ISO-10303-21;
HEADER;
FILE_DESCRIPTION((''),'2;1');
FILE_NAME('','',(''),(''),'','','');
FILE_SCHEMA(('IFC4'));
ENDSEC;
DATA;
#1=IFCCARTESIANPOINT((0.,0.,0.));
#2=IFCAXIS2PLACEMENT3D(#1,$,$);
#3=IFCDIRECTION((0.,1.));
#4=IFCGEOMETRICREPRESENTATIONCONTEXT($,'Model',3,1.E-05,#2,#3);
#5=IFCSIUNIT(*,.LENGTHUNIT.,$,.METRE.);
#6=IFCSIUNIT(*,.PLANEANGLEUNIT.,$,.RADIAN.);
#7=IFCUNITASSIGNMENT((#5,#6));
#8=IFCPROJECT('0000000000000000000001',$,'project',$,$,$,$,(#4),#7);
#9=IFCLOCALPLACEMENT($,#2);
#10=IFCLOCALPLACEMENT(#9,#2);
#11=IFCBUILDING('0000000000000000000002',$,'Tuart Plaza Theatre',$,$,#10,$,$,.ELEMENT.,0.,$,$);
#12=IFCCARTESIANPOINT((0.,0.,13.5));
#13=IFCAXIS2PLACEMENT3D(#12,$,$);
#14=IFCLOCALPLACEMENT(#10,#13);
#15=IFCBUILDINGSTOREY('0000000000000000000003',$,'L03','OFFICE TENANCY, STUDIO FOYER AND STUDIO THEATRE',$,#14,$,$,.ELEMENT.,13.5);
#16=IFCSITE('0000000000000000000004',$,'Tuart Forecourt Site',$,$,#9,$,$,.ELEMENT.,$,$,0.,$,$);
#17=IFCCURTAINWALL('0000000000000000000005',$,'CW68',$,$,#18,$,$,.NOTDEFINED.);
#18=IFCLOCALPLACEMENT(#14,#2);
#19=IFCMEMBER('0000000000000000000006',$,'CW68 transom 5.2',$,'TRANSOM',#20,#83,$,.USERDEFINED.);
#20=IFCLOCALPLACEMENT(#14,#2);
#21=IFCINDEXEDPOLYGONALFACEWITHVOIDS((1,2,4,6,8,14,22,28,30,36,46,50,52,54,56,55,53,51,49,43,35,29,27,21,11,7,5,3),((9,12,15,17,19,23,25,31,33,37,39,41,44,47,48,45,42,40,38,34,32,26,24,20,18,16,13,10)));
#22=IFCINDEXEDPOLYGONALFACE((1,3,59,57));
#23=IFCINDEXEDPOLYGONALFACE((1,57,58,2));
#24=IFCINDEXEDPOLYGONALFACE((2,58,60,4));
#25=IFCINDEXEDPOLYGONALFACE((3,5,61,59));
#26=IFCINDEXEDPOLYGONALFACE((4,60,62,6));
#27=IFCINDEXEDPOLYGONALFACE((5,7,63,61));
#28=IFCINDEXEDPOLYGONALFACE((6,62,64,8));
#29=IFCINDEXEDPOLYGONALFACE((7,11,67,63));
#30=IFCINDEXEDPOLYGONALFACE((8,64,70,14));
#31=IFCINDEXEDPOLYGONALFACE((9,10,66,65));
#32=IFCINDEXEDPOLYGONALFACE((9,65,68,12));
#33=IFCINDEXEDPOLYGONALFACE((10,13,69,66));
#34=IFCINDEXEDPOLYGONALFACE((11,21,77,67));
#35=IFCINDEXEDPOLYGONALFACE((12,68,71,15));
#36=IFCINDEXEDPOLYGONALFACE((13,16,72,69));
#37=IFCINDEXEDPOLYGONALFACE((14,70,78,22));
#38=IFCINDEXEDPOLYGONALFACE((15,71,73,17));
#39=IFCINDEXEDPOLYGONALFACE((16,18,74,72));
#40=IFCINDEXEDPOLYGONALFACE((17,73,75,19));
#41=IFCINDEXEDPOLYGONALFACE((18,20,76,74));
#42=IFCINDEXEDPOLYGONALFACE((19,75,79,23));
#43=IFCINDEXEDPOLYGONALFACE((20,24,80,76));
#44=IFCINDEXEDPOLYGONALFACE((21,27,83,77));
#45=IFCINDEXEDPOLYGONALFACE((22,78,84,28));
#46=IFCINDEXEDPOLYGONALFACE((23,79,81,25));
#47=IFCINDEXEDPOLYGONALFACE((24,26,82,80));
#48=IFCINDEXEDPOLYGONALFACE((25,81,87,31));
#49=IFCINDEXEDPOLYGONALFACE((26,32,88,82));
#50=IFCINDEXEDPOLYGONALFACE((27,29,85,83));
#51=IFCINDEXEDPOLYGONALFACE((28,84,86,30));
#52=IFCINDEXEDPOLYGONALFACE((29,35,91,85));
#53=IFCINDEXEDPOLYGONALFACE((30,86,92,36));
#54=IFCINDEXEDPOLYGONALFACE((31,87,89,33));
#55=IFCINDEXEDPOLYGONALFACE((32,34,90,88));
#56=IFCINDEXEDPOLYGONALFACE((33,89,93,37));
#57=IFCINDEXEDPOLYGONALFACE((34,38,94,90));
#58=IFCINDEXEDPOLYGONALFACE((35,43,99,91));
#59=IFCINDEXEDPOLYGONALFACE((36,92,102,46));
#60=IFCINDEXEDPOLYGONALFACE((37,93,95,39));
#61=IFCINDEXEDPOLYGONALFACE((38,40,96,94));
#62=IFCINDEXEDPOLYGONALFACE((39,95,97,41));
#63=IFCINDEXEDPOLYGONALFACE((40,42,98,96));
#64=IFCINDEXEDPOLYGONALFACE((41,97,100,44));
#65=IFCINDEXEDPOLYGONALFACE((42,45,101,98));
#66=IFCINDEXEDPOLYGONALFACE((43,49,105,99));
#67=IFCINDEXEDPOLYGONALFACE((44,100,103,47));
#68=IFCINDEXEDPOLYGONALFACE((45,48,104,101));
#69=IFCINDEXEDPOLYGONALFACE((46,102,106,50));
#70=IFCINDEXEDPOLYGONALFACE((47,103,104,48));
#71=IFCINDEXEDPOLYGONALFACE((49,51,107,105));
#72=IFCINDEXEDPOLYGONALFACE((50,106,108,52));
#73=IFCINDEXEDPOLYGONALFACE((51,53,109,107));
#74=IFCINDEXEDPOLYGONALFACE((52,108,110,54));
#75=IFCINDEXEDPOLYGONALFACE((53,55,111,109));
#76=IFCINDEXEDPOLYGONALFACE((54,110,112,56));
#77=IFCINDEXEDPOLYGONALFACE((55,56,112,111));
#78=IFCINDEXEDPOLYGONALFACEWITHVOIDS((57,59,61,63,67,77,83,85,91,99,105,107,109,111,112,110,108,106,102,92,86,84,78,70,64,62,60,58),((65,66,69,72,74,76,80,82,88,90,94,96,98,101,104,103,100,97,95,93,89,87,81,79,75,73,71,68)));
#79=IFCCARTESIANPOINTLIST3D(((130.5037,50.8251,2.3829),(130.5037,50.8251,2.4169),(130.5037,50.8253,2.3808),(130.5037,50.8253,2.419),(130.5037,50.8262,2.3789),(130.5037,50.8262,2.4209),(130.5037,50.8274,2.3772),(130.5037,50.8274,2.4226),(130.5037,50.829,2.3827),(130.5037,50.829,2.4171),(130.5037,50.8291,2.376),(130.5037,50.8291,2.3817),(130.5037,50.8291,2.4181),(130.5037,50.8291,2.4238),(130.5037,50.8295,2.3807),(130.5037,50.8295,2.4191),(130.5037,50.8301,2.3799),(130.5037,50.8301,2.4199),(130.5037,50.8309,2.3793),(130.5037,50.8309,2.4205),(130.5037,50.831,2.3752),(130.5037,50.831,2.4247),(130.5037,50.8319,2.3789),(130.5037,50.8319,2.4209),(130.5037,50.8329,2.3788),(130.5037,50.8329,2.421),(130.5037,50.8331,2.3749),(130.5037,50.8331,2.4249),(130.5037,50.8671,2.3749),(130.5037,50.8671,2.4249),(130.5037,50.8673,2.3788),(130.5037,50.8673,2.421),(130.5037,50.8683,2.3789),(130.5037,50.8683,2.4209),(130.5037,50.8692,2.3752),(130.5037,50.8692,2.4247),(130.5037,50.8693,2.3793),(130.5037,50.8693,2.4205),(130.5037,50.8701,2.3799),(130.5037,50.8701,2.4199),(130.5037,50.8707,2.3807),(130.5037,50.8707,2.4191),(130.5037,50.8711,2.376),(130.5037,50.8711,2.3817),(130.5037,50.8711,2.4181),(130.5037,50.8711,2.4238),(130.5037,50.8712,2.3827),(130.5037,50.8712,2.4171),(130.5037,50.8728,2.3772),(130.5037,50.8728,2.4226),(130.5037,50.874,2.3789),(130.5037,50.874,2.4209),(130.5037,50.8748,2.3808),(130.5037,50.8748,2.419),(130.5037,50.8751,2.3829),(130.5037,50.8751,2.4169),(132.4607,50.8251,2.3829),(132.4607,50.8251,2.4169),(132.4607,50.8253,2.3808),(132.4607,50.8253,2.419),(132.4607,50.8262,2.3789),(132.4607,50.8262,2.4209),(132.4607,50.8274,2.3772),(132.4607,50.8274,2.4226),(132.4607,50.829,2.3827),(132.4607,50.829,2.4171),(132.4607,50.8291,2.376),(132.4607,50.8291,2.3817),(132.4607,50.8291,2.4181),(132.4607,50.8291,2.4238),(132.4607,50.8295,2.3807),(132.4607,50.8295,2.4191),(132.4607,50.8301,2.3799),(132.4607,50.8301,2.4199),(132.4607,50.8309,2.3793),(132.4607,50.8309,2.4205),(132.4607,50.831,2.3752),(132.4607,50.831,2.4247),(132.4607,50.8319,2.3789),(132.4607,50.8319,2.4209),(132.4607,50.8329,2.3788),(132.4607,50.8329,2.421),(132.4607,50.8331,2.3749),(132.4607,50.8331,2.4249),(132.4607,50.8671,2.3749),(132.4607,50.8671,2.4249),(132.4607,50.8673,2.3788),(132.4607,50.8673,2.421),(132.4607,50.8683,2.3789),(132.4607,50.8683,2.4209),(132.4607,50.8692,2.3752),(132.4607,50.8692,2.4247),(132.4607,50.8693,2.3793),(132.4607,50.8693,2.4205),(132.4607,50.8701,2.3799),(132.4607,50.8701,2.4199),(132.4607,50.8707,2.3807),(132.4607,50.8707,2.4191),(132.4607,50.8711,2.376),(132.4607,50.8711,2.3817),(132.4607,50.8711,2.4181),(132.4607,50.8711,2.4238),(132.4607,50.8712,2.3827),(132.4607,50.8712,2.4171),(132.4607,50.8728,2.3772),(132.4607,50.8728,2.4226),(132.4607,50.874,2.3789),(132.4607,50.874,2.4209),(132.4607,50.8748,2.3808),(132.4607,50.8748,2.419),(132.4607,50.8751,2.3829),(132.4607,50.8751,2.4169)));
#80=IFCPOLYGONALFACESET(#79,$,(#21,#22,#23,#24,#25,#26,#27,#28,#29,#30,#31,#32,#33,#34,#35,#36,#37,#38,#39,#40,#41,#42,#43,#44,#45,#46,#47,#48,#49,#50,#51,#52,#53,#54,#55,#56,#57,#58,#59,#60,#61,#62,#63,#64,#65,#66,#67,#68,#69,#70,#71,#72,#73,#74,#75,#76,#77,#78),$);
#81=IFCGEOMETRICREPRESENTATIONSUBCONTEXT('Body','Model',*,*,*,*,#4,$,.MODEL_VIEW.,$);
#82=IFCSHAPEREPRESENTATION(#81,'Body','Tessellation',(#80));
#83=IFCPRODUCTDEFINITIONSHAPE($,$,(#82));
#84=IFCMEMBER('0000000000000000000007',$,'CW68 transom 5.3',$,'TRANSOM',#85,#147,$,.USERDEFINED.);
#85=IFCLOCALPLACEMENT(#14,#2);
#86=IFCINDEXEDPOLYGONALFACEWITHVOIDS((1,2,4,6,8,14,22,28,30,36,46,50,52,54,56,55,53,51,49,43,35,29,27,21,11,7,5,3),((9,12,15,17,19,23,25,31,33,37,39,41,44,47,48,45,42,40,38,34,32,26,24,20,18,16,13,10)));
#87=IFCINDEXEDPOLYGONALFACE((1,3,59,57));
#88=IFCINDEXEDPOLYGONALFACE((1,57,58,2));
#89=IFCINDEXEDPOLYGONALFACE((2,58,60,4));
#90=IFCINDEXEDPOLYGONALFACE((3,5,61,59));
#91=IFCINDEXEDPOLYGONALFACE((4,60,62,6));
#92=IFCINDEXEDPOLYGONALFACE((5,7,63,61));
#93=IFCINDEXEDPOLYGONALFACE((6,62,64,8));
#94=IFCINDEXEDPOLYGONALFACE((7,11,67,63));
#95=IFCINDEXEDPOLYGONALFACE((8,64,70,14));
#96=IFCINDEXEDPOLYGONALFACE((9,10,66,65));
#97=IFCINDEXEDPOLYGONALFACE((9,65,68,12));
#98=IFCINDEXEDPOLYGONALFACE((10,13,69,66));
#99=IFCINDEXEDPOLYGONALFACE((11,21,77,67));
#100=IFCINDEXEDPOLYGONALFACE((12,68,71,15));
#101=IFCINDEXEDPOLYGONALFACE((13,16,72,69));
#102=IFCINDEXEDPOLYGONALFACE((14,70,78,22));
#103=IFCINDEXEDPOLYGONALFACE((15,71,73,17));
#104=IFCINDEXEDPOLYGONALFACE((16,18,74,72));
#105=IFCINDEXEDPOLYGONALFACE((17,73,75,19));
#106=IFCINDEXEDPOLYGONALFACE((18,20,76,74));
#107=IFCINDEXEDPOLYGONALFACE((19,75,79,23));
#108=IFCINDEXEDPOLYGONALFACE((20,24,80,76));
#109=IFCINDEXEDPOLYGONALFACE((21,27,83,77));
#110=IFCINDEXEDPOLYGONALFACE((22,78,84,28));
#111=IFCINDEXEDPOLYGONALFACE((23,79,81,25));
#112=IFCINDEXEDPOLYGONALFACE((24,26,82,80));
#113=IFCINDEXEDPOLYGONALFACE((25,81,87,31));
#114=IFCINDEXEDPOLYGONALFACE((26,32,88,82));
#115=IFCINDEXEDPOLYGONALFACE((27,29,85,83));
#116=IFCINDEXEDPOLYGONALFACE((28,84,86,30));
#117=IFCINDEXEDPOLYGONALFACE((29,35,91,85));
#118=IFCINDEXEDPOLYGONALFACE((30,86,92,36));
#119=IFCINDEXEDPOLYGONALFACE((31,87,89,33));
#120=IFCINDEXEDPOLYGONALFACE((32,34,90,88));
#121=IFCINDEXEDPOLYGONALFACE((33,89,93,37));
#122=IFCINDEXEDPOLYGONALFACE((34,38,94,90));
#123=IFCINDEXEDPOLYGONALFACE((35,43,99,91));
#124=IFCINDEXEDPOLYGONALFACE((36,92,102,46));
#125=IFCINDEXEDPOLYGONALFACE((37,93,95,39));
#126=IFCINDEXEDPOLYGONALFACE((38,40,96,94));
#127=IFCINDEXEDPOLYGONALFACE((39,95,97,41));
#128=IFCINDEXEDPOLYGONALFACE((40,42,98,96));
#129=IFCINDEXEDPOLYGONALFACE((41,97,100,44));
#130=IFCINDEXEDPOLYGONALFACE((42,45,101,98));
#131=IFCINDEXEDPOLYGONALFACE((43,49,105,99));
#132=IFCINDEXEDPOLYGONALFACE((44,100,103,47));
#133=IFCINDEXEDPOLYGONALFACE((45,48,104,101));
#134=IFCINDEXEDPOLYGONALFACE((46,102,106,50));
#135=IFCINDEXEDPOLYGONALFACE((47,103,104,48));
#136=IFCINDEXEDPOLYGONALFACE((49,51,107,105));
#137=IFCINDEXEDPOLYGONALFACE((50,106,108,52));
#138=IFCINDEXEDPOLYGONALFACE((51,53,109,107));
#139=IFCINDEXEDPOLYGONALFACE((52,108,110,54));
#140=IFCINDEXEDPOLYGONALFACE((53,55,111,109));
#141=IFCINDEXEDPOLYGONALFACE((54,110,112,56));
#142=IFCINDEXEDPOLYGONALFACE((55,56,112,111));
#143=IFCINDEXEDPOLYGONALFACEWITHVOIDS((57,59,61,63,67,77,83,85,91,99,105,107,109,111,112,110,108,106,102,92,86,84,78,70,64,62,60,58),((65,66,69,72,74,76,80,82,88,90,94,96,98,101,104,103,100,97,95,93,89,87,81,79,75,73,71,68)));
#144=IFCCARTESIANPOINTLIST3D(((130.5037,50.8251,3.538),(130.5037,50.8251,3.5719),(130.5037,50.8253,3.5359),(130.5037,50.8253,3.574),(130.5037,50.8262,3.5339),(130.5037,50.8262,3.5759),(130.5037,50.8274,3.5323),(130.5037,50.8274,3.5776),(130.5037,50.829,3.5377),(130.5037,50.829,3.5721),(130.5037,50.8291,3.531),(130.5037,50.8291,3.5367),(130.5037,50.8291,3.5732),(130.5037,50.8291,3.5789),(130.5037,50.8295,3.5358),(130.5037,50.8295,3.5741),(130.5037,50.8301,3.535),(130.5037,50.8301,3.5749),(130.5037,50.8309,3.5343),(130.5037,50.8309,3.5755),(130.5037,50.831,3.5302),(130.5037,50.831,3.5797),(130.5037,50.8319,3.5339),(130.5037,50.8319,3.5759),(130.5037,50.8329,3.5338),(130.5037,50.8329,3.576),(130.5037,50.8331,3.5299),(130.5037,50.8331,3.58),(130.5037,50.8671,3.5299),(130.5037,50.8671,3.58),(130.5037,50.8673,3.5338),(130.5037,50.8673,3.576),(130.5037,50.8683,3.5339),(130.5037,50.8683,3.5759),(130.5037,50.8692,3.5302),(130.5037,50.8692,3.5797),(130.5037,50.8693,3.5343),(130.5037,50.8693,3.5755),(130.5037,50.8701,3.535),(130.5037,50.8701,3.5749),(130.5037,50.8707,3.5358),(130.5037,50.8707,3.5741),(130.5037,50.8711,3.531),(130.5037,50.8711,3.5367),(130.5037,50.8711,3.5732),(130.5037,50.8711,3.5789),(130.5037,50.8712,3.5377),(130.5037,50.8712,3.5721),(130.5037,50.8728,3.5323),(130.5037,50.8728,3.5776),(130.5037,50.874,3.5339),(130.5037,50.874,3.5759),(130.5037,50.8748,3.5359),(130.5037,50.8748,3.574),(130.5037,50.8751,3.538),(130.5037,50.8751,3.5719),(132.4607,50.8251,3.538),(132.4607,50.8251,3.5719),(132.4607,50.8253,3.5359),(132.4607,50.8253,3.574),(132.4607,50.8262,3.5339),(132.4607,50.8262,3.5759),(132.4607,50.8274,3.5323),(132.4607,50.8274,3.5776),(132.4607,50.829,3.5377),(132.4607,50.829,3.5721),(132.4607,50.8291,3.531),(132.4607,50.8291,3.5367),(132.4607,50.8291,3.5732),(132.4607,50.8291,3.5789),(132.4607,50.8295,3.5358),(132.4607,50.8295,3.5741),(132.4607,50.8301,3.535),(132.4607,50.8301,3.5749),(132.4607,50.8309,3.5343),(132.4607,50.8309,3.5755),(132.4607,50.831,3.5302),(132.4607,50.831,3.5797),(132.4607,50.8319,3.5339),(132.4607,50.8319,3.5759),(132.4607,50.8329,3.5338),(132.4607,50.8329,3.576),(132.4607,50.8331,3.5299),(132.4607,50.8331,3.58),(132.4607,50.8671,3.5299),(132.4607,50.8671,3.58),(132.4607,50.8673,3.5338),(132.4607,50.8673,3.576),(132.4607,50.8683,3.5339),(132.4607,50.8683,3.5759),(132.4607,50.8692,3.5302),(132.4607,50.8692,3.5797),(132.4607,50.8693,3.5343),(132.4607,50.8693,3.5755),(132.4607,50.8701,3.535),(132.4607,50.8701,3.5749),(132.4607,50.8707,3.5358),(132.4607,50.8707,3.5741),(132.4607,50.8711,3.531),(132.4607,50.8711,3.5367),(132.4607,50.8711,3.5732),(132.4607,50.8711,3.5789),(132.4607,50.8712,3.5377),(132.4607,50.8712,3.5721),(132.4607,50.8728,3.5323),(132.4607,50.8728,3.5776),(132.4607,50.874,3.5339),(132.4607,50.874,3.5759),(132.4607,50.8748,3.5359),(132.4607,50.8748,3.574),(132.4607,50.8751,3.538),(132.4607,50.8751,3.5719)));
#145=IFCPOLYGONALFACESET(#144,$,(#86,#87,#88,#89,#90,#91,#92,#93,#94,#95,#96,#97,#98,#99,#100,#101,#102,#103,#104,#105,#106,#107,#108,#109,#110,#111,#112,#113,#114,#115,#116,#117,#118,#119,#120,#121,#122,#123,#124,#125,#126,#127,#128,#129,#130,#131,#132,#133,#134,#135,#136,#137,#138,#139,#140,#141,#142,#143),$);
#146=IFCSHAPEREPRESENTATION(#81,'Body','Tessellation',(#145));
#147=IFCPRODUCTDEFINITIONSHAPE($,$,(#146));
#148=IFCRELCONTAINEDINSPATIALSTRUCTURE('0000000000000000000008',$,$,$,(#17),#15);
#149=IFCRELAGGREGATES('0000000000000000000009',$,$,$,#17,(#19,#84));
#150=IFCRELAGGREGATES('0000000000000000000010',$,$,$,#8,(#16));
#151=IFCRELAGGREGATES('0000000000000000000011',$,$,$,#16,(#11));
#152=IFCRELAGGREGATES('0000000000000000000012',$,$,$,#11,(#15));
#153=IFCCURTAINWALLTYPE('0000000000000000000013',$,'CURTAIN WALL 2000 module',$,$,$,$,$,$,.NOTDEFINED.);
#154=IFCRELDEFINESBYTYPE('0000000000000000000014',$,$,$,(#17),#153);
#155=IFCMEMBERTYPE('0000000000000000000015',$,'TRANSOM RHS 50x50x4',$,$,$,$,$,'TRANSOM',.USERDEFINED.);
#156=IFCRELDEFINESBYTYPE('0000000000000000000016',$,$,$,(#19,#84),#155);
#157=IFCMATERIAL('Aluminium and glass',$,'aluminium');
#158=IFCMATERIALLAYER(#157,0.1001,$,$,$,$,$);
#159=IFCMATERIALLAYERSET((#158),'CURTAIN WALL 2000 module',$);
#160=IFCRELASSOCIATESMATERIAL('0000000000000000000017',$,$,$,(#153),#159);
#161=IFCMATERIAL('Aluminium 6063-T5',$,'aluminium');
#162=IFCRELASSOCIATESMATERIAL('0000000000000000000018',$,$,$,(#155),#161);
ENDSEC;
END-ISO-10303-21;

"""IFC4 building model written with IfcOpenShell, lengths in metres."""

from ifc_helpers import new_model, si_unit, direction, frame, origin, origin_2d, place, context, subcontext, project, spatial, hollow_rectangle, extrude, material, layer, layer_set, material_profile, profile_set, type_object, element, aggregate, save


model = new_model("IFC4")

# Units and contexts
model_context = context("Model", 3, precision=1e-05, world=origin(), true_north=direction((0.0, 1.0)))
body_context = subcontext(model_context, "Body", "Model", "MODEL_VIEW")
ifc_project = project(units=[si_unit("LENGTHUNIT", "METRE"), si_unit("PLANEANGLEUNIT", "RADIAN")], contexts=[model_context])

# Site, building, storey
site_placement = place(None, origin())
site = spatial("IfcSite", under=ifc_project, at=site_placement, Name="Tuart Forecourt Site", CompositionType="ELEMENT", RefElevation=0.0)
building_placement = place(site_placement, origin())
building = spatial("IfcBuilding", under=site, at=building_placement, Name="Tuart Plaza Theatre", CompositionType="ELEMENT", ElevationOfRefHeight=0.0)
storey_placement = place(building_placement, frame((0.0, 0.0, 13.5)))
storey = spatial("IfcBuildingStorey", under=building, at=storey_placement, Name="L03", Description="OFFICE TENANCY, STUDIO FOYER AND STUDIO THEATRE", CompositionType="ELEMENT", Elevation=13.5)

# Curtain wall, members
ifc_material_1 = material(Name="Aluminium and glass", Category="aluminium")
ifc_layer_1 = layer(ifc_material_1, 0.1001)
ifc_layer_set_1 = layer_set([ifc_layer_1], Name="CURTAIN WALL 2000 module")
curtain_wall_type = type_object("IfcCurtainWallType", Name="CURTAIN WALL 2000 module", PredefinedType="NOTDEFINED", material=ifc_layer_set_1)
curtain_wall_placement = place(storey_placement, origin())
curtain_wall = element("IfcCurtainWall", 1, at=curtain_wall_placement, inside=storey, type_object=curtain_wall_type, Name="CW68", PredefinedType="NOTDEFINED")
ifc_material_2 = material(Name="Aluminium 6063-T5", Category="aluminium")
ifc_material_profile_1 = material_profile(ifc_material_2, hollow_rectangle(XDim=0.05, YDim=0.05, WallThickness=0.0039, InnerFilletRadius=0.0039, OuterFilletRadius=0.0081, at=origin_2d()), Name="RHS 50x50x4")
ifc_profile_set_1 = profile_set([ifc_material_profile_1], Name="Aluminium 6063-T5")
member_type_1 = type_object("IfcMemberType", Name="TRANSOM RHS 50x50x4", ElementType="TRANSOM", PredefinedType="USERDEFINED", material=ifc_profile_set_1)
member_1_placement = place(storey_placement, frame((130.5037, 50.8501, 2.3999), z_axis=(1.0, 0.0, 0.0), x_axis=(0.0, 1.0, 0.0)))
member_1 = element("IfcMember", 2, at=member_1_placement, type_object=member_type_1, Name="CW68 transom 5.2", ObjectType="TRANSOM", PredefinedType="USERDEFINED", context=body_context, shape_type="SweptSolid", body=[
    extrude(hollow_rectangle(XDim=0.05, YDim=0.05, WallThickness=0.0039, InnerFilletRadius=0.0039, OuterFilletRadius=0.0081, at=origin_2d()), origin(), (0.0, 0.0, 1.0), 1.957),
])
member_2_placement = place(storey_placement, frame((130.5037, 50.8501, 3.5549), z_axis=(1.0, 0.0, 0.0), x_axis=(0.0, 1.0, 0.0)))
member_2 = element("IfcMember", 3, at=member_2_placement, type_object=member_type_1, Name="CW68 transom 5.3", ObjectType="TRANSOM", PredefinedType="USERDEFINED", context=body_context, shape_type="SweptSolid", body=[
    extrude(hollow_rectangle(XDim=0.05, YDim=0.05, WallThickness=0.0039, InnerFilletRadius=0.0039, OuterFilletRadius=0.0081, at=origin_2d()), origin(), (0.0, 0.0, 1.0), 1.957),
])
aggregate(curtain_wall, [member_1, member_2])

save(model, "model.ifc")
